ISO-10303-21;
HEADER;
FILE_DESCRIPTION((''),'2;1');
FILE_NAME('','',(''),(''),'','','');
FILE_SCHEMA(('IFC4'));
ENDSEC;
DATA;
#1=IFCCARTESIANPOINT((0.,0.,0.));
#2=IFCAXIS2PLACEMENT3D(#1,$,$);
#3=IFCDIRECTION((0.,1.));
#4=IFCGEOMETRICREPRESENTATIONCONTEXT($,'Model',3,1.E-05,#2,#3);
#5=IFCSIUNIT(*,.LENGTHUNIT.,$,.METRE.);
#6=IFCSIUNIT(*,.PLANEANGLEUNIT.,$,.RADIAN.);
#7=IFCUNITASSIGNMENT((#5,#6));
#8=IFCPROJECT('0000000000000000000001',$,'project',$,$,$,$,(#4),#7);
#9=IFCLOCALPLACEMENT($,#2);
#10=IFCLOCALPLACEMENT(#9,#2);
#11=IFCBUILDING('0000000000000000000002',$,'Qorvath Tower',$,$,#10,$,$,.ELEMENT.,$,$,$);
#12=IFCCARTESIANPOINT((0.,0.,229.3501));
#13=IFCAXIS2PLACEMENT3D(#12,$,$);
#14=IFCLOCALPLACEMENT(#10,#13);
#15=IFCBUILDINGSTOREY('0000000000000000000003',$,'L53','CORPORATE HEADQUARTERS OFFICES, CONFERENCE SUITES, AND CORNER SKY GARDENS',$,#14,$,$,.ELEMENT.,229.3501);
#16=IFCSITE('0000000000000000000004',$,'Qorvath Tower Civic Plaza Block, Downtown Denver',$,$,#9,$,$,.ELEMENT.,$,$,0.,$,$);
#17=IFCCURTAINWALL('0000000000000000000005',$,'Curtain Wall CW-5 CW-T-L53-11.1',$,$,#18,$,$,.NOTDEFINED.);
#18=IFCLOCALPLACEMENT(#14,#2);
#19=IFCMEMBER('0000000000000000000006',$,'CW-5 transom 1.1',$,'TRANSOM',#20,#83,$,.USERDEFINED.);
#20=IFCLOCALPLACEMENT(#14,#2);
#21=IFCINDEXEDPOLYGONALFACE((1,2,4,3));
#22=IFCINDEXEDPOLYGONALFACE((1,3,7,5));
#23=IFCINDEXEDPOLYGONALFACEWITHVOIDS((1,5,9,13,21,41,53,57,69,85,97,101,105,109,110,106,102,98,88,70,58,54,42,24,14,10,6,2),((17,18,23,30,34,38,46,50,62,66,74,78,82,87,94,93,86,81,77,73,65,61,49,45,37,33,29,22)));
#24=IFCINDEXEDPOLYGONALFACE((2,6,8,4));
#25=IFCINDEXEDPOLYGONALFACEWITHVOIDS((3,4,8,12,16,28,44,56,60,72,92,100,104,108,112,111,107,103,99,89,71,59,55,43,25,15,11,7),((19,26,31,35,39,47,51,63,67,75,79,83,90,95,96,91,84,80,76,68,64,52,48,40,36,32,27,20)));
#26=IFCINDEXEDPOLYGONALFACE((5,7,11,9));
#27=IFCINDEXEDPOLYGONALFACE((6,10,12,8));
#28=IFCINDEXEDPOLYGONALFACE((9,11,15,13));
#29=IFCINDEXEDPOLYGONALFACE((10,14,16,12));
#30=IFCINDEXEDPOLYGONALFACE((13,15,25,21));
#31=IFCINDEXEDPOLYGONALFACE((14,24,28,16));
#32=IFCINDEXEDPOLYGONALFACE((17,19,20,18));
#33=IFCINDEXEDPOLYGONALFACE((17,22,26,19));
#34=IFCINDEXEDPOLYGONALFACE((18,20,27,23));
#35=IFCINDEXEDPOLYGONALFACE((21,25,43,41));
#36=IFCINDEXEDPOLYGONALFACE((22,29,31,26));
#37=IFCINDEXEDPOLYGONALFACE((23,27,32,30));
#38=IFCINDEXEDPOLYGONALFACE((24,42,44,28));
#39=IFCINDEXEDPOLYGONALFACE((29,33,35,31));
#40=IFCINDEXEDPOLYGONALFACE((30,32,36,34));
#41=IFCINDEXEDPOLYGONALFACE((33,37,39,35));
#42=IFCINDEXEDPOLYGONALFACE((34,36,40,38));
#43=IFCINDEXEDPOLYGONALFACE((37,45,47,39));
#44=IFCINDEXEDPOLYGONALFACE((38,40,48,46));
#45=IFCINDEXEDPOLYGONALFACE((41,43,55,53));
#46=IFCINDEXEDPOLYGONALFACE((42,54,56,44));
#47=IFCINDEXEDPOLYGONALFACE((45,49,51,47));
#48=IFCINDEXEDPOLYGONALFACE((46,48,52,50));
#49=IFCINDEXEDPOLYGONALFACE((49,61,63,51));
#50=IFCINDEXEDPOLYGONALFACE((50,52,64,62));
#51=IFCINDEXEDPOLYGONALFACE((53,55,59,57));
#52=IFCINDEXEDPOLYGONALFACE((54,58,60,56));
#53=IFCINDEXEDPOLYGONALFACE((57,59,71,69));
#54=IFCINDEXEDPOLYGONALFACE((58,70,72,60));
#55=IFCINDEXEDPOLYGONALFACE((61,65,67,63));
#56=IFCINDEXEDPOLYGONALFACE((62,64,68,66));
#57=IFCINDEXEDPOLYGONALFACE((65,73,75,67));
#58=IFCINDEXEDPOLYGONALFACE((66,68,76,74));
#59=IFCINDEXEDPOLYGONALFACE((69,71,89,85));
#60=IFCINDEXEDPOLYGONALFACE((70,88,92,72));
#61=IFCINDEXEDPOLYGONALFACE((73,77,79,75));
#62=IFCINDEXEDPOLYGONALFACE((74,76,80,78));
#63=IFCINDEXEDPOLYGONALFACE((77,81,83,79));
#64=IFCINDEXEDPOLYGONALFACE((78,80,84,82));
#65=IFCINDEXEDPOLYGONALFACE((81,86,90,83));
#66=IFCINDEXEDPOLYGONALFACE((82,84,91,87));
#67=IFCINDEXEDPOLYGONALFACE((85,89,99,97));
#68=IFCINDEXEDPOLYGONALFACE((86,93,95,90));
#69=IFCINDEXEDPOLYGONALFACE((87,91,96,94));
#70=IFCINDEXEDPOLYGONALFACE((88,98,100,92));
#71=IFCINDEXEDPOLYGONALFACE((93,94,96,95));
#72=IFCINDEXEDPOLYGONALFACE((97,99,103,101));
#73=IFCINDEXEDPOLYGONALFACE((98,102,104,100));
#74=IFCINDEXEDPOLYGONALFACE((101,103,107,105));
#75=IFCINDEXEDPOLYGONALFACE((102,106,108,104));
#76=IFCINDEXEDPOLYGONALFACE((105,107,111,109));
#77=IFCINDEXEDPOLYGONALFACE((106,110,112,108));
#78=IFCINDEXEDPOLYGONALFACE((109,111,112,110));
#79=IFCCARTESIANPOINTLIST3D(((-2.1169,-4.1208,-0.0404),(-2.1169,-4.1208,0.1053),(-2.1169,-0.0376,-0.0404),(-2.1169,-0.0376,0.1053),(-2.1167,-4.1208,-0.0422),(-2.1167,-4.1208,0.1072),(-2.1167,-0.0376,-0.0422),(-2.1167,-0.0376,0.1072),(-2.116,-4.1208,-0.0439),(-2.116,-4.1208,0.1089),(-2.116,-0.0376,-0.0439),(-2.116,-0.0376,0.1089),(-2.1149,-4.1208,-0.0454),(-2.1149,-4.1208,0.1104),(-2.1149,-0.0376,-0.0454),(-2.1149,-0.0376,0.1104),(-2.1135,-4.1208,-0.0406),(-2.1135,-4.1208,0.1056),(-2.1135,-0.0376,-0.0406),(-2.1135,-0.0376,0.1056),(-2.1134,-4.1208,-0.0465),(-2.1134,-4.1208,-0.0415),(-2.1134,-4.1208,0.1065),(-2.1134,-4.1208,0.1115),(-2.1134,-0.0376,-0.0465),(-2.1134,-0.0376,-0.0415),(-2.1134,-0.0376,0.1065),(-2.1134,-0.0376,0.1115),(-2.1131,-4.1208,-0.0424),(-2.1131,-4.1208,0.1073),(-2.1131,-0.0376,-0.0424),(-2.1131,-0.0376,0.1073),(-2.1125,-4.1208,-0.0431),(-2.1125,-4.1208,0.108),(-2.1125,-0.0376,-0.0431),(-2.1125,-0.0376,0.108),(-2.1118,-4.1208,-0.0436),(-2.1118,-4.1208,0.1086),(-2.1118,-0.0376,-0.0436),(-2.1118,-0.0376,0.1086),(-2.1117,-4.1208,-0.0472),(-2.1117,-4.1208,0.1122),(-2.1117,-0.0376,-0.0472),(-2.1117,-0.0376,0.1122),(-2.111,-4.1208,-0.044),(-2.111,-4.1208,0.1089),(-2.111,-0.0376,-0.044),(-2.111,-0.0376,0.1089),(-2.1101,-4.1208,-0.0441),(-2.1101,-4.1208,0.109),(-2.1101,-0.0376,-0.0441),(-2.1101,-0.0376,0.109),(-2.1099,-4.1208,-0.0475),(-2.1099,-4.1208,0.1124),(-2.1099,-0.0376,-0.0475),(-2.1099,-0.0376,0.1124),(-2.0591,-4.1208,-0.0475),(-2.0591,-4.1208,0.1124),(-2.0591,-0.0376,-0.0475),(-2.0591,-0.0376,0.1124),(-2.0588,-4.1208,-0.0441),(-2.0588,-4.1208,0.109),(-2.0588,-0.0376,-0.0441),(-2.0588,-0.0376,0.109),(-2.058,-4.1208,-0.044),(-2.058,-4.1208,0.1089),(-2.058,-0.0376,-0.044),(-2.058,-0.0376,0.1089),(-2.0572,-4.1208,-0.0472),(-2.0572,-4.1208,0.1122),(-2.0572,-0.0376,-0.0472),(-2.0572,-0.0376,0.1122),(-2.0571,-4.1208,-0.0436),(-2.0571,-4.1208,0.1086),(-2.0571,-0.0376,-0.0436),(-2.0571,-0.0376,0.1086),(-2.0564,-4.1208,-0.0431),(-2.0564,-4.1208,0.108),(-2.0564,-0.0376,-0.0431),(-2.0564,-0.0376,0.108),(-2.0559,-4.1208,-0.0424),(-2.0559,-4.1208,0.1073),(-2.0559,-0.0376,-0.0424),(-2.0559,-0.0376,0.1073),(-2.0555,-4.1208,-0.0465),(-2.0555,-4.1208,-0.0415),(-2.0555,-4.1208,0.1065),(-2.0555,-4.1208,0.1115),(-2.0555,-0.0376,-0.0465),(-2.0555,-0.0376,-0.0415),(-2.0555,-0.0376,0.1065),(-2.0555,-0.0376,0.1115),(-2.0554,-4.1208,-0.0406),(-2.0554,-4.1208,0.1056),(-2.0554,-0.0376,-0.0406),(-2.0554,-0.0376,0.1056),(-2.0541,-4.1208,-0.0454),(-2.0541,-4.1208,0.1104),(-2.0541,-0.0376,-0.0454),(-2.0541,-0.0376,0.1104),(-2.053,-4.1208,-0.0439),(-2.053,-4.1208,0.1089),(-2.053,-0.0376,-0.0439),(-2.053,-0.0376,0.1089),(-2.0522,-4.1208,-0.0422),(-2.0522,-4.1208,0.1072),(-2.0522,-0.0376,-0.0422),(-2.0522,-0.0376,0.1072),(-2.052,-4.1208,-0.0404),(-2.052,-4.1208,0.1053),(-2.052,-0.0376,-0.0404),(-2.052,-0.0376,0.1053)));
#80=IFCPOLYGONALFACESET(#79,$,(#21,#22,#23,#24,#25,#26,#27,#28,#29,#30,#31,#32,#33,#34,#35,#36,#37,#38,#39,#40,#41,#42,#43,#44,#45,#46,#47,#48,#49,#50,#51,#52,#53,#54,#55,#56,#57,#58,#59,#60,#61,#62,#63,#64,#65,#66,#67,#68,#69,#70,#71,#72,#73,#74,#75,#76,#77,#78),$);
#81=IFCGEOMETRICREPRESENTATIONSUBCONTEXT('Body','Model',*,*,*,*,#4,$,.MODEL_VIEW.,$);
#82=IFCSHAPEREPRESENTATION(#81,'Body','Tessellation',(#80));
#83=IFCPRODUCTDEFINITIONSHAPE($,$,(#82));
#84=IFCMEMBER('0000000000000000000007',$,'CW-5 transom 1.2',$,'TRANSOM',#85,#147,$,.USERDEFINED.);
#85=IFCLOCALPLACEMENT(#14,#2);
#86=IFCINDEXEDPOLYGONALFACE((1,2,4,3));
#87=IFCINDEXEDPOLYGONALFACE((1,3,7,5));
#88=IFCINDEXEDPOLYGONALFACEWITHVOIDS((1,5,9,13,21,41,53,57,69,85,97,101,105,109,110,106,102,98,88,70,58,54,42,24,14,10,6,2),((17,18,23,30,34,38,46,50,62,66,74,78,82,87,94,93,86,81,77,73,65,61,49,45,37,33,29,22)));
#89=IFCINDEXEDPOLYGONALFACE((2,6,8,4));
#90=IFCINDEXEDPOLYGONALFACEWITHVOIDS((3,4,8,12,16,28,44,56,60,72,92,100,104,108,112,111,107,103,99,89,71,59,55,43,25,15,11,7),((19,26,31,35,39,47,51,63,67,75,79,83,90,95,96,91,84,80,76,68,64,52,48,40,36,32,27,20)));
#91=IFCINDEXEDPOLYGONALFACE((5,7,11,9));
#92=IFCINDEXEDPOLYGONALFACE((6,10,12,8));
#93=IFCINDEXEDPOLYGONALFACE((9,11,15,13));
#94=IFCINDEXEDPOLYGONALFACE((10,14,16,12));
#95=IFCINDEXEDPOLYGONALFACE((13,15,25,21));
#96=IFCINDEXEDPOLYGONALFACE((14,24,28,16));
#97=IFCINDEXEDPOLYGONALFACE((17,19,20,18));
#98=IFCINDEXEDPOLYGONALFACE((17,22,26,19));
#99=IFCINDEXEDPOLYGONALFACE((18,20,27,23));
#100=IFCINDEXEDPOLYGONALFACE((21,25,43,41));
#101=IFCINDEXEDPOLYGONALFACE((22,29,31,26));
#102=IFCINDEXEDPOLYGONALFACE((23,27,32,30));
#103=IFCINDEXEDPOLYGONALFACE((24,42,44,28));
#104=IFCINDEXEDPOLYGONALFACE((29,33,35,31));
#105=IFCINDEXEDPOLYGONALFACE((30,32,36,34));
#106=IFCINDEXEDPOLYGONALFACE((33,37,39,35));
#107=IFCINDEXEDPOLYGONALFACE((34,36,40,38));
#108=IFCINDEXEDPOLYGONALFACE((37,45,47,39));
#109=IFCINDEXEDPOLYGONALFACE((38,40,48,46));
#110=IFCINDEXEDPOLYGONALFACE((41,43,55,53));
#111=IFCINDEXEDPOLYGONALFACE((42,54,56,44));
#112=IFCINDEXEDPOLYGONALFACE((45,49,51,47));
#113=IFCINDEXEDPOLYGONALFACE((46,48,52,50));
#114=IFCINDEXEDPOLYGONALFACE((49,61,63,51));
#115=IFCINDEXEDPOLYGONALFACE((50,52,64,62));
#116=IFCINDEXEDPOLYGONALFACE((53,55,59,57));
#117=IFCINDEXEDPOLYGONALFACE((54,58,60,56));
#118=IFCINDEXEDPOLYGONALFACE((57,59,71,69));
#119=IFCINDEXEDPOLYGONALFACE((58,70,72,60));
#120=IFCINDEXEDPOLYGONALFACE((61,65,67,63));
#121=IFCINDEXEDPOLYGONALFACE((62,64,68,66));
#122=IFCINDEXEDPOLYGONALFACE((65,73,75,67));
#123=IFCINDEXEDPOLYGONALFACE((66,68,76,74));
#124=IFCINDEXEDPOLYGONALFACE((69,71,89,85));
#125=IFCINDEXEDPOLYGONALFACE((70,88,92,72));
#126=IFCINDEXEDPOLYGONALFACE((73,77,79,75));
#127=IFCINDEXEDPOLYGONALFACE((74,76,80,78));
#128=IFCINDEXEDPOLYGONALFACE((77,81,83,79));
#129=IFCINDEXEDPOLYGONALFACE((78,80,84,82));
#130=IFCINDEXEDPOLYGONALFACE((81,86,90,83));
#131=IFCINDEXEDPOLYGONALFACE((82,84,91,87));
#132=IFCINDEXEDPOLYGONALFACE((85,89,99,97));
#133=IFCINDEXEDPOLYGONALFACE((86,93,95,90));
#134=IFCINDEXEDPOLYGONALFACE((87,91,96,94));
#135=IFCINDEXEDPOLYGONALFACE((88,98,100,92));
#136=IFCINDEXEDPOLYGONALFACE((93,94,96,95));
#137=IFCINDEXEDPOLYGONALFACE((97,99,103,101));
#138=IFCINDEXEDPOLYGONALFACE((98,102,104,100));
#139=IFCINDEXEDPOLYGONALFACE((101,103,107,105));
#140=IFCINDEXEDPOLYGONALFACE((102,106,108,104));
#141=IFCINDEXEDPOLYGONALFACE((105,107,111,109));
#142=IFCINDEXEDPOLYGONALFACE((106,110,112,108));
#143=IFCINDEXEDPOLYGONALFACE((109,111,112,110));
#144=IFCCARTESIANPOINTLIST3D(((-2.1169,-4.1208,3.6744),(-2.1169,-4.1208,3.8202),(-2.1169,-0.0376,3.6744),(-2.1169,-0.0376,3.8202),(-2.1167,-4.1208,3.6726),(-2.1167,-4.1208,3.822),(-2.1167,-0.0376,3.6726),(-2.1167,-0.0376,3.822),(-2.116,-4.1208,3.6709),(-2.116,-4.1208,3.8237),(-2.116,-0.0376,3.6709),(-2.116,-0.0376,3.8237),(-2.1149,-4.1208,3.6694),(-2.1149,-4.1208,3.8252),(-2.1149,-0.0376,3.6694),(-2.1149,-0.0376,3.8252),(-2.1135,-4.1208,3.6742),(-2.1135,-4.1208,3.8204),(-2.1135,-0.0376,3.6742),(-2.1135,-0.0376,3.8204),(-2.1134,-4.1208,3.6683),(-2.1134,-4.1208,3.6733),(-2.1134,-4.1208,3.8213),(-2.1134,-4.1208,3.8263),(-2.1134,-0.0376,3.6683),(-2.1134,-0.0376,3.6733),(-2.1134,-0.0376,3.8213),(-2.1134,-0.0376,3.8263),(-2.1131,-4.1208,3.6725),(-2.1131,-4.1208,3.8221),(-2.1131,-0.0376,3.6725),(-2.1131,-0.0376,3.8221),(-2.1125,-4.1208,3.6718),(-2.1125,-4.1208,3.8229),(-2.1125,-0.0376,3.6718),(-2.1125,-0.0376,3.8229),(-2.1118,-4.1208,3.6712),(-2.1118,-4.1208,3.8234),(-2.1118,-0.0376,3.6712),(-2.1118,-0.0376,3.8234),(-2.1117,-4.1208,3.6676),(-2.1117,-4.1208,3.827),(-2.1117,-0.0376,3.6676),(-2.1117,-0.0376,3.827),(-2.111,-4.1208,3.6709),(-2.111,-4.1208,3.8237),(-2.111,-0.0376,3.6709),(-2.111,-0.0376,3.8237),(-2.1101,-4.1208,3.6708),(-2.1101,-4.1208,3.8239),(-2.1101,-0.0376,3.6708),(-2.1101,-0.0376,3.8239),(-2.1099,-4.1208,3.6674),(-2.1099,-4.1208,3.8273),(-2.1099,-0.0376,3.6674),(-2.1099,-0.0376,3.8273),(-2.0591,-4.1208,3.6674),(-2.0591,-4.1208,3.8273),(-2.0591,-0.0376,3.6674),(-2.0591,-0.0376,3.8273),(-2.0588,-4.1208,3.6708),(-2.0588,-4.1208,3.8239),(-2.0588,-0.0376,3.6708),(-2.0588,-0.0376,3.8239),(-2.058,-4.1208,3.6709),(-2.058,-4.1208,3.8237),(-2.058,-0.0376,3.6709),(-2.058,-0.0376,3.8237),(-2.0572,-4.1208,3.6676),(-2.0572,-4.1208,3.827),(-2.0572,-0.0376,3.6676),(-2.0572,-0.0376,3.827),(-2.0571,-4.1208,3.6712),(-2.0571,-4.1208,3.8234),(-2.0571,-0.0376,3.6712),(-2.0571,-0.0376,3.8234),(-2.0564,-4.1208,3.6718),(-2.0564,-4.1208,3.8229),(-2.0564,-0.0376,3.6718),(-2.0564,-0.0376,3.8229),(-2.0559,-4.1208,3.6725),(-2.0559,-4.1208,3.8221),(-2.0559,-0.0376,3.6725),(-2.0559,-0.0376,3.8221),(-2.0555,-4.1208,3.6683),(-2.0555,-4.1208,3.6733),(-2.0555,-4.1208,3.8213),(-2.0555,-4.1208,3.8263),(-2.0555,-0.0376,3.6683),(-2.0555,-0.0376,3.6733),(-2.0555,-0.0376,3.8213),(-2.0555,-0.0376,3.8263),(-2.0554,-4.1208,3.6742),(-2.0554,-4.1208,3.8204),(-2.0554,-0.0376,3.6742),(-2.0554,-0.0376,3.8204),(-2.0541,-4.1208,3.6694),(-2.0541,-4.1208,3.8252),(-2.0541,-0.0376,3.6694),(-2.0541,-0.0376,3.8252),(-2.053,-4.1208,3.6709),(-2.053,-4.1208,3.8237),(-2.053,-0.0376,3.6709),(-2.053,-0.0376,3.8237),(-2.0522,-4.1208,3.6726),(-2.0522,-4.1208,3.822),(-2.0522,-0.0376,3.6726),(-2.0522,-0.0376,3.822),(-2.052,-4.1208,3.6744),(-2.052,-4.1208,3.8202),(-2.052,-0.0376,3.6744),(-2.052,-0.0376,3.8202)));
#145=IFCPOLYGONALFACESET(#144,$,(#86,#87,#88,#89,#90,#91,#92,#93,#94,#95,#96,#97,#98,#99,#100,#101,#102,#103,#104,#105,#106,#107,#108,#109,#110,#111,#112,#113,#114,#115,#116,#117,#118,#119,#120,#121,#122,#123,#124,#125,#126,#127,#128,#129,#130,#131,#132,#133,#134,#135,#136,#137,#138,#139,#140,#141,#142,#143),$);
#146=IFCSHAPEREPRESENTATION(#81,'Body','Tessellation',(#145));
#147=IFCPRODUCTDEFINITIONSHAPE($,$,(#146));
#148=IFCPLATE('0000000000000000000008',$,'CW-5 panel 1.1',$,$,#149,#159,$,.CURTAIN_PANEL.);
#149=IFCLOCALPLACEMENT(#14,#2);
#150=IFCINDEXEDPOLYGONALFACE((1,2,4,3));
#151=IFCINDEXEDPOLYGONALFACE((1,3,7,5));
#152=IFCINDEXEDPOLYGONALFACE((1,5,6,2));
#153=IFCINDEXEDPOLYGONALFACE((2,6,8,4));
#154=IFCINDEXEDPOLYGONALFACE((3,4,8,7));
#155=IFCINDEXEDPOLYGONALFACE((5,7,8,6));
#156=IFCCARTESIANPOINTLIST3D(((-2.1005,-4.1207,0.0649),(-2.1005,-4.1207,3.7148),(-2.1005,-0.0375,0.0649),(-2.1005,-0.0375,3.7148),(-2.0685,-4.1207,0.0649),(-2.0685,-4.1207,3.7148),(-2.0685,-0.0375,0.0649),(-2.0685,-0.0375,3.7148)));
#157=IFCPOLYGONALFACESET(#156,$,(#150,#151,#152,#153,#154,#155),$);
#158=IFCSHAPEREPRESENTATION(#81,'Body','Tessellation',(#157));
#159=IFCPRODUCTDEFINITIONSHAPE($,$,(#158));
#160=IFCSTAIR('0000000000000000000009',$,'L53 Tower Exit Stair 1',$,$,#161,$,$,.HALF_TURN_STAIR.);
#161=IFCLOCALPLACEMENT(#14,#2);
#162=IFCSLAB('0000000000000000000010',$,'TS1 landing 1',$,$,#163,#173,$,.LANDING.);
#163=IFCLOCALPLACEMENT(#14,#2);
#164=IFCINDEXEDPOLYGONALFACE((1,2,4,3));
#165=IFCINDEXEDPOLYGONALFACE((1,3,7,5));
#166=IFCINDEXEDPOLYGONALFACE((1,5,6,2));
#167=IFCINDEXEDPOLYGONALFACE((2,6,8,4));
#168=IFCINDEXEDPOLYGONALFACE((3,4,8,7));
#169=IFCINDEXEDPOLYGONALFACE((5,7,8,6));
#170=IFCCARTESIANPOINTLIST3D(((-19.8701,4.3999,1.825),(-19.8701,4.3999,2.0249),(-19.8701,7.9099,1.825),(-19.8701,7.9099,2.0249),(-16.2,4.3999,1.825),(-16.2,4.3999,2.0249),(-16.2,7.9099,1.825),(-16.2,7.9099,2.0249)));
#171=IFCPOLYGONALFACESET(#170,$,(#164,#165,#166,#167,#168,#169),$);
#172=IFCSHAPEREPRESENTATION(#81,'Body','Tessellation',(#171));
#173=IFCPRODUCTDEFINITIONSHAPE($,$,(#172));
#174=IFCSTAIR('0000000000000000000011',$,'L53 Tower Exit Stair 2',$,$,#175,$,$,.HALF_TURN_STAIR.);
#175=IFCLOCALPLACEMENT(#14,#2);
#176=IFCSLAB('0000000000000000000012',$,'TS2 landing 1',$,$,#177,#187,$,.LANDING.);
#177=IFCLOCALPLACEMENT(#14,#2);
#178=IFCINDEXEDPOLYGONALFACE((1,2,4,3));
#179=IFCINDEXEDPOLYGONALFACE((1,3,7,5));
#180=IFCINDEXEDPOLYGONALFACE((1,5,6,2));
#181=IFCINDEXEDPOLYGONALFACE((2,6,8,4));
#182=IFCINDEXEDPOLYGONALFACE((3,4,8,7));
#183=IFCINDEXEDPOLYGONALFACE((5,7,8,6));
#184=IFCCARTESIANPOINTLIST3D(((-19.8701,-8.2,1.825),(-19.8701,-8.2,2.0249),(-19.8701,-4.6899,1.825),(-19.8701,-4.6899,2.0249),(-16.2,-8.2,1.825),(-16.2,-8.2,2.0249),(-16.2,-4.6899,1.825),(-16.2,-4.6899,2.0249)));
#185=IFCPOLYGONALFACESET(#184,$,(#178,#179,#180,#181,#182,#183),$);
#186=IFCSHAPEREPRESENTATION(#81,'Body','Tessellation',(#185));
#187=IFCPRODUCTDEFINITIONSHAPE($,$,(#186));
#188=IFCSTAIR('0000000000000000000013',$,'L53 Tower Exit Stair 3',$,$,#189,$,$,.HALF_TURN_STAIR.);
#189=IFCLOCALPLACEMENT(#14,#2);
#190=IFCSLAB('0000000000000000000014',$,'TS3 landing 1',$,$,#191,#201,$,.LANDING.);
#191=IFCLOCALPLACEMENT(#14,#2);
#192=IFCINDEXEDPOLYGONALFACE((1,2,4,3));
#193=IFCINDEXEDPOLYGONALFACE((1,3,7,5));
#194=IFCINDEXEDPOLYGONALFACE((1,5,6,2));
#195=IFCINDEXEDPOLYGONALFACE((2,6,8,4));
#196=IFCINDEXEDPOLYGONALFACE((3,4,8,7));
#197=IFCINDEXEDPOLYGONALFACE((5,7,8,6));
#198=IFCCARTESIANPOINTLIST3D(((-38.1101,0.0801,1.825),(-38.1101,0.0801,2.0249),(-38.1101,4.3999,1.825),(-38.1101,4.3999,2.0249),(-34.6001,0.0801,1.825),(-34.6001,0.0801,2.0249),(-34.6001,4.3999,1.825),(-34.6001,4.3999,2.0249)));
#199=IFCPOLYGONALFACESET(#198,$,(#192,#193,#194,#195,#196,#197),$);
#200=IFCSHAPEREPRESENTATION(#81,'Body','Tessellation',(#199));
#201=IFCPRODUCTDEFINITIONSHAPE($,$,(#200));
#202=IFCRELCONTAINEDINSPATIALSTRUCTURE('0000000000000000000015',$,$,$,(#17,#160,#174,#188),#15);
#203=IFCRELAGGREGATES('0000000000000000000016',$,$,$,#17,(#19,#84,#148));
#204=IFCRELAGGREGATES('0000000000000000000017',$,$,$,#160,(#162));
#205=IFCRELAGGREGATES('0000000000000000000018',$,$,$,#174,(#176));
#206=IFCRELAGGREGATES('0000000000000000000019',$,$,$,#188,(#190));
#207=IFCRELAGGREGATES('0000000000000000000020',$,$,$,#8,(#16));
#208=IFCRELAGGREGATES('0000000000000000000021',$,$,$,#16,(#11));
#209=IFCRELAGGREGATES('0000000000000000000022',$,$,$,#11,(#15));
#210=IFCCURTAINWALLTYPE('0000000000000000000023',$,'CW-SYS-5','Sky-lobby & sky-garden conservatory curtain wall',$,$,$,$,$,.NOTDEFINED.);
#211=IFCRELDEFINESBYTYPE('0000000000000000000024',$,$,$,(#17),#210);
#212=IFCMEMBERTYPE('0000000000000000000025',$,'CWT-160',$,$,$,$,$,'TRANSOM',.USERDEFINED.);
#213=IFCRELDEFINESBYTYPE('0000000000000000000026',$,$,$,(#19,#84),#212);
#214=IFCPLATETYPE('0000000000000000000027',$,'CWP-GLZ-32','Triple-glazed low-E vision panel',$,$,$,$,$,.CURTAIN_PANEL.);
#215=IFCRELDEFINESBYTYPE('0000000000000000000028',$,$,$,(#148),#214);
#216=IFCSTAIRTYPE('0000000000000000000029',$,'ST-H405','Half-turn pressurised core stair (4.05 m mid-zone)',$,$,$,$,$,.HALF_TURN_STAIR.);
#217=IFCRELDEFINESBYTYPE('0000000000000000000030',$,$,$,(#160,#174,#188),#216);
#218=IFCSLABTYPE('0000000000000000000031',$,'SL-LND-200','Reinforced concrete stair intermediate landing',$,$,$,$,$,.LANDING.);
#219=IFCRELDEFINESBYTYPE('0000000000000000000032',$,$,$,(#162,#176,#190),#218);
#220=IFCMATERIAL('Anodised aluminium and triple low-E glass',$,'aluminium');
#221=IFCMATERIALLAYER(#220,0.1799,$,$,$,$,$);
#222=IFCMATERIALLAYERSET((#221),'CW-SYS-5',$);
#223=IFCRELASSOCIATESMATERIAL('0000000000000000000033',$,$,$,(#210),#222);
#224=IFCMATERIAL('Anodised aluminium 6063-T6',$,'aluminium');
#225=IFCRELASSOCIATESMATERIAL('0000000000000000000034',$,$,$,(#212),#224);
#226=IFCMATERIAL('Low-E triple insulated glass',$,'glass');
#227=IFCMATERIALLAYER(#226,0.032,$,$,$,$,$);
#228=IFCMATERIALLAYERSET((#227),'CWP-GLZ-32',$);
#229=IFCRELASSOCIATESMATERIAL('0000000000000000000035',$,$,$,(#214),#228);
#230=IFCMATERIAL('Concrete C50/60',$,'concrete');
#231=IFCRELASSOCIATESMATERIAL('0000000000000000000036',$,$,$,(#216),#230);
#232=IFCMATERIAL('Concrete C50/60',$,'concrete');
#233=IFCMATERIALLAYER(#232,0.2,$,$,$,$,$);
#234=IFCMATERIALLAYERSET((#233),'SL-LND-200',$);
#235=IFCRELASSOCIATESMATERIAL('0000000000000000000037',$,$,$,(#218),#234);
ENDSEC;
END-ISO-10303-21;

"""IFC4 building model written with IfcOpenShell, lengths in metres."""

from ifc_helpers import new_model, si_unit, direction, frame, origin, origin_2d, place, context, subcontext, project, spatial, polyline, rectangle, hollow_rectangle, outline, extrude, material, layer, layer_set, material_profile, profile_set, type_object, element, aggregate, save


model = new_model("IFC4")

# Units and contexts
model_context = context("Model", 3, precision=1e-05, world=origin(), true_north=direction((0.0, 1.0)))
body_context = subcontext(model_context, "Body", "Model", "MODEL_VIEW")
ifc_project = project(units=[si_unit("LENGTHUNIT", "METRE"), si_unit("PLANEANGLEUNIT", "RADIAN")], contexts=[model_context])

# Site, building, storey
site_placement = place(None, origin())
site = spatial("IfcSite", under=ifc_project, at=site_placement, Name="Qorvath Tower Civic Plaza Block, Downtown Denver", CompositionType="ELEMENT", RefElevation=0.0)
building_placement = place(site_placement, origin())
building = spatial("IfcBuilding", under=site, at=building_placement, Name="Qorvath Tower", CompositionType="ELEMENT")
storey_placement = place(building_placement, frame((0.0, 0.0, 229.3501)))
storey = spatial("IfcBuildingStorey", under=building, at=storey_placement, Name="L53", Description="CORPORATE HEADQUARTERS OFFICES, CONFERENCE SUITES, AND CORNER SKY GARDENS", CompositionType="ELEMENT", Elevation=229.3501)

# Curtain wall, members, plate
ifc_material_1 = material(Name="Anodised aluminium and triple low-E glass", Category="aluminium")
ifc_layer_1 = layer(ifc_material_1, 0.1799)
ifc_layer_set_1 = layer_set([ifc_layer_1], Name="CW-SYS-5")
curtain_wall_type = type_object("IfcCurtainWallType", Name="CW-SYS-5", Description="Sky-lobby & sky-garden conservatory curtain wall", PredefinedType="NOTDEFINED", material=ifc_layer_set_1)
curtain_wall_placement = place(storey_placement, origin())
curtain_wall = element("IfcCurtainWall", 1, at=curtain_wall_placement, inside=storey, type_object=curtain_wall_type, Name="Curtain Wall CW-5 CW-T-L53-11.1", PredefinedType="NOTDEFINED")
ifc_material_2 = material(Name="Anodised aluminium 6063-T6", Category="aluminium")
ifc_material_profile_1 = material_profile(ifc_material_2, hollow_rectangle(XDim=0.0649, YDim=0.1599, WallThickness=0.0034, InnerFilletRadius=0.0034, OuterFilletRadius=0.0071, at=origin_2d()), Name="CWT 160x65")
ifc_profile_set_1 = profile_set([ifc_material_profile_1], Name="Anodised aluminium 6063-T6")
member_type_1 = type_object("IfcMemberType", Name="CWT-160", ElementType="TRANSOM", PredefinedType="USERDEFINED", material=ifc_profile_set_1)
member_1_placement = place(storey_placement, frame((-2.0845, -4.1208, 0.0325), z_axis=(0.0, 1.0, 0.0), x_axis=(-1.0, 0.0, 0.0)))
member_1 = element("IfcMember", 2, at=member_1_placement, type_object=member_type_1, Name="CW-5 transom 1.1", ObjectType="TRANSOM", PredefinedType="USERDEFINED", context=body_context, shape_type="SweptSolid", body=[
    extrude(hollow_rectangle(XDim=0.0649, YDim=0.1599, WallThickness=0.0034, InnerFilletRadius=0.0034, OuterFilletRadius=0.0071, at=origin_2d()), origin(), (0.0, 0.0, 1.0), 4.0833),
])
member_2_placement = place(storey_placement, frame((-2.0845, -4.1208, 3.7473), z_axis=(0.0, 1.0, 0.0), x_axis=(-1.0, 0.0, 0.0)))
member_2 = element("IfcMember", 3, at=member_2_placement, type_object=member_type_1, Name="CW-5 transom 1.2", ObjectType="TRANSOM", PredefinedType="USERDEFINED", context=body_context, shape_type="SweptSolid", body=[
    extrude(hollow_rectangle(XDim=0.0649, YDim=0.1599, WallThickness=0.0034, InnerFilletRadius=0.0034, OuterFilletRadius=0.0071, at=origin_2d()), origin(), (0.0, 0.0, 1.0), 4.0833),
])
ifc_material_3 = material(Name="Low-E triple insulated glass", Category="glass")
ifc_layer_2 = layer(ifc_material_3, 0.032)
ifc_layer_set_2 = layer_set([ifc_layer_2], Name="CWP-GLZ-32")
plate_type = type_object("IfcPlateType", Name="CWP-GLZ-32", Description="Triple-glazed low-E vision panel", PredefinedType="CURTAIN_PANEL", material=ifc_layer_set_2)
plate_placement = place(storey_placement, frame((-2.0845, -2.0791, 0.0649), z_axis=(0.0, 0.0, 1.0), x_axis=(0.0, 1.0, 0.0)))
plate = element("IfcPlate", 4, at=plate_placement, type_object=plate_type, Name="CW-5 panel 1.1", PredefinedType="CURTAIN_PANEL", context=body_context, shape_type="SweptSolid", body=[
    extrude(rectangle(XDim=4.0833, YDim=0.032, at=origin_2d()), origin(), (0.0, 0.0, 1.0), 3.6499),
])
aggregate(curtain_wall, [member_1, member_2, plate])

# Stairs, slabs
ifc_material_4 = material(Name="Concrete C50/60", Category="concrete")
stair_type = type_object("IfcStairType", Name="ST-H405", Description="Half-turn pressurised core stair (4.05 m mid-zone)", PredefinedType="HALF_TURN_STAIR", material=ifc_material_4)
stair_1_placement = place(storey_placement, origin())
stair_1 = element("IfcStair", 5, at=stair_1_placement, inside=storey, type_object=stair_type, Name="L53 Tower Exit Stair 1", PredefinedType="HALF_TURN_STAIR")
ifc_material_5 = material(Name="Concrete C50/60", Category="concrete")
ifc_layer_3 = layer(ifc_material_5, 0.2)
ifc_layer_set_3 = layer_set([ifc_layer_3], Name="SL-LND-200")
slab_type_1 = type_object("IfcSlabType", Name="SL-LND-200", Description="Reinforced concrete stair intermediate landing", PredefinedType="LANDING", material=ifc_layer_set_3)
slab_1_placement = place(storey_placement, frame((0.0, 0.0, 1.825)))
slab_1 = element("IfcSlab", 6, at=slab_1_placement, type_object=slab_type_1, Name="TS1 landing 1", PredefinedType="LANDING", context=body_context, shape_type="SweptSolid", body=[
    extrude(outline(polyline([(-19.8701, 4.3999), (-16.2, 4.3999), (-16.2, 7.9099), (-19.8701, 7.9099), (-19.8701, 4.3999)])), origin(), (0.0, 0.0, 1.0), 0.2),
])
aggregate(stair_1, [slab_1])
stair_2_placement = place(storey_placement, origin())
stair_2 = element("IfcStair", 7, at=stair_2_placement, inside=storey, type_object=stair_type, Name="L53 Tower Exit Stair 2", PredefinedType="HALF_TURN_STAIR")
slab_2_placement = place(storey_placement, frame((0.0, 0.0, 1.825)))
slab_2 = element("IfcSlab", 8, at=slab_2_placement, type_object=slab_type_1, Name="TS2 landing 1", PredefinedType="LANDING", context=body_context, shape_type="SweptSolid", body=[
    extrude(outline(polyline([(-19.8701, -8.2), (-16.2, -8.2), (-16.2, -4.6899), (-19.8701, -4.6899), (-19.8701, -8.2)])), origin(), (0.0, 0.0, 1.0), 0.2),
])
aggregate(stair_2, [slab_2])
stair_3_placement = place(storey_placement, origin())
stair_3 = element("IfcStair", 9, at=stair_3_placement, inside=storey, type_object=stair_type, Name="L53 Tower Exit Stair 3", PredefinedType="HALF_TURN_STAIR")
slab_3_placement = place(storey_placement, frame((0.0, 0.0, 1.825)))
slab_3 = element("IfcSlab", 10, at=slab_3_placement, type_object=slab_type_1, Name="TS3 landing 1", PredefinedType="LANDING", context=body_context, shape_type="SweptSolid", body=[
    extrude(outline(polyline([(-34.6001, 0.0801), (-34.6001, 4.3999), (-38.1101, 4.3999), (-38.1101, 0.0801), (-34.6001, 0.0801)])), origin(), (0.0, 0.0, 1.0), 0.2),
])
aggregate(stair_3, [slab_3])

save(model, "model.ifc")
